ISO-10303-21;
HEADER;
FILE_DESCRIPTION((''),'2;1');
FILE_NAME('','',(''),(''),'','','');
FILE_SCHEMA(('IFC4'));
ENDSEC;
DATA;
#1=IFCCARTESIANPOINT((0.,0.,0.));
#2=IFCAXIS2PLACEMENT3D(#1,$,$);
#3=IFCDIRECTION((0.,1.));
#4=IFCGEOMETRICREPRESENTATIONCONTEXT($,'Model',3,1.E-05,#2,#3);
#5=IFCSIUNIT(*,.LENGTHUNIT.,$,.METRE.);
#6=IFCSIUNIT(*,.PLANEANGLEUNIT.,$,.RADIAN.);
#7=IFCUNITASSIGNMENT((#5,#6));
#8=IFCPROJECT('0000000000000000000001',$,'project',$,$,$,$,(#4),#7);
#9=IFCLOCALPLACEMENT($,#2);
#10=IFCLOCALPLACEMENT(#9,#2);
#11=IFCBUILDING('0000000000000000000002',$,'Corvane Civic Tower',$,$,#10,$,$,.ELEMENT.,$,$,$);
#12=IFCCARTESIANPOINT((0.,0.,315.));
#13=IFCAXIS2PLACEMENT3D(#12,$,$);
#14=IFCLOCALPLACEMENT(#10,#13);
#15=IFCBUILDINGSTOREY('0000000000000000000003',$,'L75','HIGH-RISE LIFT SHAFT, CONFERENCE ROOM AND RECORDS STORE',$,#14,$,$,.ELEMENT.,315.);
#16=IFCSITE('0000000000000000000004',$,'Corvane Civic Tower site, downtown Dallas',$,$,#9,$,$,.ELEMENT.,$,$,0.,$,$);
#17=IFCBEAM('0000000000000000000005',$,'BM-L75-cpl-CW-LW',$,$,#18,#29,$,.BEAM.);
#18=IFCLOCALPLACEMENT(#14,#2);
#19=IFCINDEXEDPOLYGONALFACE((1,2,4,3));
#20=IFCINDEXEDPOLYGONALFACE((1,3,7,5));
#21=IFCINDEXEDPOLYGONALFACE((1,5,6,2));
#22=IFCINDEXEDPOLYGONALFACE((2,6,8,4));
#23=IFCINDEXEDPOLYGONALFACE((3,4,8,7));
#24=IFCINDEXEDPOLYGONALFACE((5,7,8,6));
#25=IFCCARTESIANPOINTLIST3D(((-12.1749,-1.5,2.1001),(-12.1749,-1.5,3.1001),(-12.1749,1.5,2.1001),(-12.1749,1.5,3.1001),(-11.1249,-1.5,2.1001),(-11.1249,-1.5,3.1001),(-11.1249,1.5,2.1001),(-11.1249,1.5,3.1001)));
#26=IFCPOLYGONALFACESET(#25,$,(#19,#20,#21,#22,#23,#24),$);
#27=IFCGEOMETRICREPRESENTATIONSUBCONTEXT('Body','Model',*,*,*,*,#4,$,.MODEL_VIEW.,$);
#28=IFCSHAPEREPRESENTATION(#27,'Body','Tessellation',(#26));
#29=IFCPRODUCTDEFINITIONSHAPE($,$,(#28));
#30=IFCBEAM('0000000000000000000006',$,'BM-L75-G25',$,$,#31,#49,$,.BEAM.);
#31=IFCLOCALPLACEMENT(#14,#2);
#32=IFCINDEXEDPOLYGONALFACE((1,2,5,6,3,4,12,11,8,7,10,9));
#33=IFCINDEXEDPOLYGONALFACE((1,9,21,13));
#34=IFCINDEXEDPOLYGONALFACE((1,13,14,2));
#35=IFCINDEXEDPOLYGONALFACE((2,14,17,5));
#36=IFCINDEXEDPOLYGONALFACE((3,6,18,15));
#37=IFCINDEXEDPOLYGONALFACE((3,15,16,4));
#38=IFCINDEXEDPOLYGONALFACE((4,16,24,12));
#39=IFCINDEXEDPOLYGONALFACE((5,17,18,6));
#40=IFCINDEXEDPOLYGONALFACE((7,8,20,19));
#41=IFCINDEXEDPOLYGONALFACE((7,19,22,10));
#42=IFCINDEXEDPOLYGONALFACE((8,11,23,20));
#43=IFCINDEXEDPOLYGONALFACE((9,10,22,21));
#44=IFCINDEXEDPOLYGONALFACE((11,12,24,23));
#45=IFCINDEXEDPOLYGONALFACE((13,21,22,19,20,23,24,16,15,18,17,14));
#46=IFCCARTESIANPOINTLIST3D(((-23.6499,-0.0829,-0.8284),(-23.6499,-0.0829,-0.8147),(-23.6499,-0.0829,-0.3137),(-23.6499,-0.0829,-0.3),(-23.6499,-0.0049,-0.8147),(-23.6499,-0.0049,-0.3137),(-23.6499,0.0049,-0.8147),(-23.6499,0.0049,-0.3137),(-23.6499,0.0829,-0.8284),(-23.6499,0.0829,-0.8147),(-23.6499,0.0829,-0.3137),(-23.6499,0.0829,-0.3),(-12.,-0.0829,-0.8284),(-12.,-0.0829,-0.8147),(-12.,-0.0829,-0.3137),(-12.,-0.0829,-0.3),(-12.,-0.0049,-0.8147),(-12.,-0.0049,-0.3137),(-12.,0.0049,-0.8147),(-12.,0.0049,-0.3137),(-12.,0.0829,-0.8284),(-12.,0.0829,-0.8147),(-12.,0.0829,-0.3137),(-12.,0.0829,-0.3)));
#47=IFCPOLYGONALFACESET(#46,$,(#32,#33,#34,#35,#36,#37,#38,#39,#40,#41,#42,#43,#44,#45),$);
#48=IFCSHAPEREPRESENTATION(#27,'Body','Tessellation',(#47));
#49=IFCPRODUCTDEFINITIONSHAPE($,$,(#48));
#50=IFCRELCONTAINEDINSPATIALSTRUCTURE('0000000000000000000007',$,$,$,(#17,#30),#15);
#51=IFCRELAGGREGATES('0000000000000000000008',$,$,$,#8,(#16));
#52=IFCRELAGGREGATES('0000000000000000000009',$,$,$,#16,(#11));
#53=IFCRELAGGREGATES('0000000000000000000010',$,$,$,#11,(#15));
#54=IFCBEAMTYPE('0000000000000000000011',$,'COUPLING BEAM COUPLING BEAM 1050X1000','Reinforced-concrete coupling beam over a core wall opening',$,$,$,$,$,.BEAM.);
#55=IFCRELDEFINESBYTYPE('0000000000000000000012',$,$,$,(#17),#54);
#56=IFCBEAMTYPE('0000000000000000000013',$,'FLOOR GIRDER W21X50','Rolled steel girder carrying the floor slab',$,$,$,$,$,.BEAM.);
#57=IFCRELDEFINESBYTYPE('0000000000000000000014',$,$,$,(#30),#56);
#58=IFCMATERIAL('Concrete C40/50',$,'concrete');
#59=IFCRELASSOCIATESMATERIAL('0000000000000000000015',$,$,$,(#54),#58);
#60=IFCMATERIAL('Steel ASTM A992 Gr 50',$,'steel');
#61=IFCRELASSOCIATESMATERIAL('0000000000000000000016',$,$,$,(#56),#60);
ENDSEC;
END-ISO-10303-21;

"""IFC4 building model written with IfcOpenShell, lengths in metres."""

from ifc_helpers import new_model, si_unit, direction, frame, origin, origin_2d, place, context, subcontext, project, spatial, rectangle, i_section, extrude, material, material_profile, profile_set, type_object, element, save


model = new_model("IFC4")

# Units and contexts
model_context = context("Model", 3, precision=1e-05, world=origin(), true_north=direction((0.0, 1.0)))
body_context = subcontext(model_context, "Body", "Model", "MODEL_VIEW")
ifc_project = project(units=[si_unit("LENGTHUNIT", "METRE"), si_unit("PLANEANGLEUNIT", "RADIAN")], contexts=[model_context])

# Site, building, storey
site_placement = place(None, origin())
site = spatial("IfcSite", under=ifc_project, at=site_placement, Name="Corvane Civic Tower site, downtown Dallas", CompositionType="ELEMENT", RefElevation=0.0)
building_placement = place(site_placement, origin())
building = spatial("IfcBuilding", under=site, at=building_placement, Name="Corvane Civic Tower", CompositionType="ELEMENT")
storey_placement = place(building_placement, frame((0.0, 0.0, 315.0)))
storey = spatial("IfcBuildingStorey", under=building, at=storey_placement, Name="L75", Description="HIGH-RISE LIFT SHAFT, CONFERENCE ROOM AND RECORDS STORE", CompositionType="ELEMENT", Elevation=315.0)

# Beams
ifc_material_1 = material(Name="Concrete C40/50", Category="concrete")
ifc_material_profile_1 = material_profile(ifc_material_1, rectangle(XDim=1.05, YDim=1.0, at=origin_2d()), Name="COUPLING BEAM 1050X1000")
ifc_profile_set_1 = profile_set([ifc_material_profile_1], Name="Concrete C40/50")
beam_type_1 = type_object("IfcBeamType", Name="COUPLING BEAM COUPLING BEAM 1050X1000", Description="Reinforced-concrete coupling beam over a core wall opening", PredefinedType="BEAM", material=ifc_profile_set_1)
beam_1_placement = place(storey_placement, frame((-11.6499, -1.5, 2.6001), z_axis=(0.0, 1.0, 0.0), x_axis=(-1.0, 0.0, 0.0)))
element("IfcBeam", 1, at=beam_1_placement, inside=storey, type_object=beam_type_1, Name="BM-L75-cpl-CW-LW", PredefinedType="BEAM", context=body_context, shape_type="SweptSolid", body=[
    extrude(rectangle(XDim=1.05, YDim=1.0, at=origin_2d()), origin(), (0.0, 0.0, 1.0), 3.0),
])
ifc_material_2 = material(Name="Steel ASTM A992 Gr 50", Category="steel")
ifc_material_profile_2 = material_profile(ifc_material_2, i_section(OverallWidth=0.1658, OverallDepth=0.5283, WebThickness=0.0098, FlangeThickness=0.0137, at=origin_2d()), Name="W21X50")
ifc_profile_set_2 = profile_set([ifc_material_profile_2], Name="Steel ASTM A992 Gr 50")
beam_type_2 = type_object("IfcBeamType", Name="FLOOR GIRDER W21X50", Description="Rolled steel girder carrying the floor slab", PredefinedType="BEAM", material=ifc_profile_set_2)
beam_2_placement = place(storey_placement, frame((-12.0, 0.0, -0.5642), z_axis=(-1.0, 0.0, 0.0), x_axis=(0.0, -1.0, 0.0)))
element("IfcBeam", 2, at=beam_2_placement, inside=storey, type_object=beam_type_2, Name="BM-L75-G25", PredefinedType="BEAM", context=body_context, shape_type="SweptSolid", body=[
    extrude(i_section(OverallWidth=0.1658, OverallDepth=0.5283, WebThickness=0.0098, FlangeThickness=0.0137, at=origin_2d()), origin(), (0.0, 0.0, 1.0), 11.6499),
])

save(model, "model.ifc")
